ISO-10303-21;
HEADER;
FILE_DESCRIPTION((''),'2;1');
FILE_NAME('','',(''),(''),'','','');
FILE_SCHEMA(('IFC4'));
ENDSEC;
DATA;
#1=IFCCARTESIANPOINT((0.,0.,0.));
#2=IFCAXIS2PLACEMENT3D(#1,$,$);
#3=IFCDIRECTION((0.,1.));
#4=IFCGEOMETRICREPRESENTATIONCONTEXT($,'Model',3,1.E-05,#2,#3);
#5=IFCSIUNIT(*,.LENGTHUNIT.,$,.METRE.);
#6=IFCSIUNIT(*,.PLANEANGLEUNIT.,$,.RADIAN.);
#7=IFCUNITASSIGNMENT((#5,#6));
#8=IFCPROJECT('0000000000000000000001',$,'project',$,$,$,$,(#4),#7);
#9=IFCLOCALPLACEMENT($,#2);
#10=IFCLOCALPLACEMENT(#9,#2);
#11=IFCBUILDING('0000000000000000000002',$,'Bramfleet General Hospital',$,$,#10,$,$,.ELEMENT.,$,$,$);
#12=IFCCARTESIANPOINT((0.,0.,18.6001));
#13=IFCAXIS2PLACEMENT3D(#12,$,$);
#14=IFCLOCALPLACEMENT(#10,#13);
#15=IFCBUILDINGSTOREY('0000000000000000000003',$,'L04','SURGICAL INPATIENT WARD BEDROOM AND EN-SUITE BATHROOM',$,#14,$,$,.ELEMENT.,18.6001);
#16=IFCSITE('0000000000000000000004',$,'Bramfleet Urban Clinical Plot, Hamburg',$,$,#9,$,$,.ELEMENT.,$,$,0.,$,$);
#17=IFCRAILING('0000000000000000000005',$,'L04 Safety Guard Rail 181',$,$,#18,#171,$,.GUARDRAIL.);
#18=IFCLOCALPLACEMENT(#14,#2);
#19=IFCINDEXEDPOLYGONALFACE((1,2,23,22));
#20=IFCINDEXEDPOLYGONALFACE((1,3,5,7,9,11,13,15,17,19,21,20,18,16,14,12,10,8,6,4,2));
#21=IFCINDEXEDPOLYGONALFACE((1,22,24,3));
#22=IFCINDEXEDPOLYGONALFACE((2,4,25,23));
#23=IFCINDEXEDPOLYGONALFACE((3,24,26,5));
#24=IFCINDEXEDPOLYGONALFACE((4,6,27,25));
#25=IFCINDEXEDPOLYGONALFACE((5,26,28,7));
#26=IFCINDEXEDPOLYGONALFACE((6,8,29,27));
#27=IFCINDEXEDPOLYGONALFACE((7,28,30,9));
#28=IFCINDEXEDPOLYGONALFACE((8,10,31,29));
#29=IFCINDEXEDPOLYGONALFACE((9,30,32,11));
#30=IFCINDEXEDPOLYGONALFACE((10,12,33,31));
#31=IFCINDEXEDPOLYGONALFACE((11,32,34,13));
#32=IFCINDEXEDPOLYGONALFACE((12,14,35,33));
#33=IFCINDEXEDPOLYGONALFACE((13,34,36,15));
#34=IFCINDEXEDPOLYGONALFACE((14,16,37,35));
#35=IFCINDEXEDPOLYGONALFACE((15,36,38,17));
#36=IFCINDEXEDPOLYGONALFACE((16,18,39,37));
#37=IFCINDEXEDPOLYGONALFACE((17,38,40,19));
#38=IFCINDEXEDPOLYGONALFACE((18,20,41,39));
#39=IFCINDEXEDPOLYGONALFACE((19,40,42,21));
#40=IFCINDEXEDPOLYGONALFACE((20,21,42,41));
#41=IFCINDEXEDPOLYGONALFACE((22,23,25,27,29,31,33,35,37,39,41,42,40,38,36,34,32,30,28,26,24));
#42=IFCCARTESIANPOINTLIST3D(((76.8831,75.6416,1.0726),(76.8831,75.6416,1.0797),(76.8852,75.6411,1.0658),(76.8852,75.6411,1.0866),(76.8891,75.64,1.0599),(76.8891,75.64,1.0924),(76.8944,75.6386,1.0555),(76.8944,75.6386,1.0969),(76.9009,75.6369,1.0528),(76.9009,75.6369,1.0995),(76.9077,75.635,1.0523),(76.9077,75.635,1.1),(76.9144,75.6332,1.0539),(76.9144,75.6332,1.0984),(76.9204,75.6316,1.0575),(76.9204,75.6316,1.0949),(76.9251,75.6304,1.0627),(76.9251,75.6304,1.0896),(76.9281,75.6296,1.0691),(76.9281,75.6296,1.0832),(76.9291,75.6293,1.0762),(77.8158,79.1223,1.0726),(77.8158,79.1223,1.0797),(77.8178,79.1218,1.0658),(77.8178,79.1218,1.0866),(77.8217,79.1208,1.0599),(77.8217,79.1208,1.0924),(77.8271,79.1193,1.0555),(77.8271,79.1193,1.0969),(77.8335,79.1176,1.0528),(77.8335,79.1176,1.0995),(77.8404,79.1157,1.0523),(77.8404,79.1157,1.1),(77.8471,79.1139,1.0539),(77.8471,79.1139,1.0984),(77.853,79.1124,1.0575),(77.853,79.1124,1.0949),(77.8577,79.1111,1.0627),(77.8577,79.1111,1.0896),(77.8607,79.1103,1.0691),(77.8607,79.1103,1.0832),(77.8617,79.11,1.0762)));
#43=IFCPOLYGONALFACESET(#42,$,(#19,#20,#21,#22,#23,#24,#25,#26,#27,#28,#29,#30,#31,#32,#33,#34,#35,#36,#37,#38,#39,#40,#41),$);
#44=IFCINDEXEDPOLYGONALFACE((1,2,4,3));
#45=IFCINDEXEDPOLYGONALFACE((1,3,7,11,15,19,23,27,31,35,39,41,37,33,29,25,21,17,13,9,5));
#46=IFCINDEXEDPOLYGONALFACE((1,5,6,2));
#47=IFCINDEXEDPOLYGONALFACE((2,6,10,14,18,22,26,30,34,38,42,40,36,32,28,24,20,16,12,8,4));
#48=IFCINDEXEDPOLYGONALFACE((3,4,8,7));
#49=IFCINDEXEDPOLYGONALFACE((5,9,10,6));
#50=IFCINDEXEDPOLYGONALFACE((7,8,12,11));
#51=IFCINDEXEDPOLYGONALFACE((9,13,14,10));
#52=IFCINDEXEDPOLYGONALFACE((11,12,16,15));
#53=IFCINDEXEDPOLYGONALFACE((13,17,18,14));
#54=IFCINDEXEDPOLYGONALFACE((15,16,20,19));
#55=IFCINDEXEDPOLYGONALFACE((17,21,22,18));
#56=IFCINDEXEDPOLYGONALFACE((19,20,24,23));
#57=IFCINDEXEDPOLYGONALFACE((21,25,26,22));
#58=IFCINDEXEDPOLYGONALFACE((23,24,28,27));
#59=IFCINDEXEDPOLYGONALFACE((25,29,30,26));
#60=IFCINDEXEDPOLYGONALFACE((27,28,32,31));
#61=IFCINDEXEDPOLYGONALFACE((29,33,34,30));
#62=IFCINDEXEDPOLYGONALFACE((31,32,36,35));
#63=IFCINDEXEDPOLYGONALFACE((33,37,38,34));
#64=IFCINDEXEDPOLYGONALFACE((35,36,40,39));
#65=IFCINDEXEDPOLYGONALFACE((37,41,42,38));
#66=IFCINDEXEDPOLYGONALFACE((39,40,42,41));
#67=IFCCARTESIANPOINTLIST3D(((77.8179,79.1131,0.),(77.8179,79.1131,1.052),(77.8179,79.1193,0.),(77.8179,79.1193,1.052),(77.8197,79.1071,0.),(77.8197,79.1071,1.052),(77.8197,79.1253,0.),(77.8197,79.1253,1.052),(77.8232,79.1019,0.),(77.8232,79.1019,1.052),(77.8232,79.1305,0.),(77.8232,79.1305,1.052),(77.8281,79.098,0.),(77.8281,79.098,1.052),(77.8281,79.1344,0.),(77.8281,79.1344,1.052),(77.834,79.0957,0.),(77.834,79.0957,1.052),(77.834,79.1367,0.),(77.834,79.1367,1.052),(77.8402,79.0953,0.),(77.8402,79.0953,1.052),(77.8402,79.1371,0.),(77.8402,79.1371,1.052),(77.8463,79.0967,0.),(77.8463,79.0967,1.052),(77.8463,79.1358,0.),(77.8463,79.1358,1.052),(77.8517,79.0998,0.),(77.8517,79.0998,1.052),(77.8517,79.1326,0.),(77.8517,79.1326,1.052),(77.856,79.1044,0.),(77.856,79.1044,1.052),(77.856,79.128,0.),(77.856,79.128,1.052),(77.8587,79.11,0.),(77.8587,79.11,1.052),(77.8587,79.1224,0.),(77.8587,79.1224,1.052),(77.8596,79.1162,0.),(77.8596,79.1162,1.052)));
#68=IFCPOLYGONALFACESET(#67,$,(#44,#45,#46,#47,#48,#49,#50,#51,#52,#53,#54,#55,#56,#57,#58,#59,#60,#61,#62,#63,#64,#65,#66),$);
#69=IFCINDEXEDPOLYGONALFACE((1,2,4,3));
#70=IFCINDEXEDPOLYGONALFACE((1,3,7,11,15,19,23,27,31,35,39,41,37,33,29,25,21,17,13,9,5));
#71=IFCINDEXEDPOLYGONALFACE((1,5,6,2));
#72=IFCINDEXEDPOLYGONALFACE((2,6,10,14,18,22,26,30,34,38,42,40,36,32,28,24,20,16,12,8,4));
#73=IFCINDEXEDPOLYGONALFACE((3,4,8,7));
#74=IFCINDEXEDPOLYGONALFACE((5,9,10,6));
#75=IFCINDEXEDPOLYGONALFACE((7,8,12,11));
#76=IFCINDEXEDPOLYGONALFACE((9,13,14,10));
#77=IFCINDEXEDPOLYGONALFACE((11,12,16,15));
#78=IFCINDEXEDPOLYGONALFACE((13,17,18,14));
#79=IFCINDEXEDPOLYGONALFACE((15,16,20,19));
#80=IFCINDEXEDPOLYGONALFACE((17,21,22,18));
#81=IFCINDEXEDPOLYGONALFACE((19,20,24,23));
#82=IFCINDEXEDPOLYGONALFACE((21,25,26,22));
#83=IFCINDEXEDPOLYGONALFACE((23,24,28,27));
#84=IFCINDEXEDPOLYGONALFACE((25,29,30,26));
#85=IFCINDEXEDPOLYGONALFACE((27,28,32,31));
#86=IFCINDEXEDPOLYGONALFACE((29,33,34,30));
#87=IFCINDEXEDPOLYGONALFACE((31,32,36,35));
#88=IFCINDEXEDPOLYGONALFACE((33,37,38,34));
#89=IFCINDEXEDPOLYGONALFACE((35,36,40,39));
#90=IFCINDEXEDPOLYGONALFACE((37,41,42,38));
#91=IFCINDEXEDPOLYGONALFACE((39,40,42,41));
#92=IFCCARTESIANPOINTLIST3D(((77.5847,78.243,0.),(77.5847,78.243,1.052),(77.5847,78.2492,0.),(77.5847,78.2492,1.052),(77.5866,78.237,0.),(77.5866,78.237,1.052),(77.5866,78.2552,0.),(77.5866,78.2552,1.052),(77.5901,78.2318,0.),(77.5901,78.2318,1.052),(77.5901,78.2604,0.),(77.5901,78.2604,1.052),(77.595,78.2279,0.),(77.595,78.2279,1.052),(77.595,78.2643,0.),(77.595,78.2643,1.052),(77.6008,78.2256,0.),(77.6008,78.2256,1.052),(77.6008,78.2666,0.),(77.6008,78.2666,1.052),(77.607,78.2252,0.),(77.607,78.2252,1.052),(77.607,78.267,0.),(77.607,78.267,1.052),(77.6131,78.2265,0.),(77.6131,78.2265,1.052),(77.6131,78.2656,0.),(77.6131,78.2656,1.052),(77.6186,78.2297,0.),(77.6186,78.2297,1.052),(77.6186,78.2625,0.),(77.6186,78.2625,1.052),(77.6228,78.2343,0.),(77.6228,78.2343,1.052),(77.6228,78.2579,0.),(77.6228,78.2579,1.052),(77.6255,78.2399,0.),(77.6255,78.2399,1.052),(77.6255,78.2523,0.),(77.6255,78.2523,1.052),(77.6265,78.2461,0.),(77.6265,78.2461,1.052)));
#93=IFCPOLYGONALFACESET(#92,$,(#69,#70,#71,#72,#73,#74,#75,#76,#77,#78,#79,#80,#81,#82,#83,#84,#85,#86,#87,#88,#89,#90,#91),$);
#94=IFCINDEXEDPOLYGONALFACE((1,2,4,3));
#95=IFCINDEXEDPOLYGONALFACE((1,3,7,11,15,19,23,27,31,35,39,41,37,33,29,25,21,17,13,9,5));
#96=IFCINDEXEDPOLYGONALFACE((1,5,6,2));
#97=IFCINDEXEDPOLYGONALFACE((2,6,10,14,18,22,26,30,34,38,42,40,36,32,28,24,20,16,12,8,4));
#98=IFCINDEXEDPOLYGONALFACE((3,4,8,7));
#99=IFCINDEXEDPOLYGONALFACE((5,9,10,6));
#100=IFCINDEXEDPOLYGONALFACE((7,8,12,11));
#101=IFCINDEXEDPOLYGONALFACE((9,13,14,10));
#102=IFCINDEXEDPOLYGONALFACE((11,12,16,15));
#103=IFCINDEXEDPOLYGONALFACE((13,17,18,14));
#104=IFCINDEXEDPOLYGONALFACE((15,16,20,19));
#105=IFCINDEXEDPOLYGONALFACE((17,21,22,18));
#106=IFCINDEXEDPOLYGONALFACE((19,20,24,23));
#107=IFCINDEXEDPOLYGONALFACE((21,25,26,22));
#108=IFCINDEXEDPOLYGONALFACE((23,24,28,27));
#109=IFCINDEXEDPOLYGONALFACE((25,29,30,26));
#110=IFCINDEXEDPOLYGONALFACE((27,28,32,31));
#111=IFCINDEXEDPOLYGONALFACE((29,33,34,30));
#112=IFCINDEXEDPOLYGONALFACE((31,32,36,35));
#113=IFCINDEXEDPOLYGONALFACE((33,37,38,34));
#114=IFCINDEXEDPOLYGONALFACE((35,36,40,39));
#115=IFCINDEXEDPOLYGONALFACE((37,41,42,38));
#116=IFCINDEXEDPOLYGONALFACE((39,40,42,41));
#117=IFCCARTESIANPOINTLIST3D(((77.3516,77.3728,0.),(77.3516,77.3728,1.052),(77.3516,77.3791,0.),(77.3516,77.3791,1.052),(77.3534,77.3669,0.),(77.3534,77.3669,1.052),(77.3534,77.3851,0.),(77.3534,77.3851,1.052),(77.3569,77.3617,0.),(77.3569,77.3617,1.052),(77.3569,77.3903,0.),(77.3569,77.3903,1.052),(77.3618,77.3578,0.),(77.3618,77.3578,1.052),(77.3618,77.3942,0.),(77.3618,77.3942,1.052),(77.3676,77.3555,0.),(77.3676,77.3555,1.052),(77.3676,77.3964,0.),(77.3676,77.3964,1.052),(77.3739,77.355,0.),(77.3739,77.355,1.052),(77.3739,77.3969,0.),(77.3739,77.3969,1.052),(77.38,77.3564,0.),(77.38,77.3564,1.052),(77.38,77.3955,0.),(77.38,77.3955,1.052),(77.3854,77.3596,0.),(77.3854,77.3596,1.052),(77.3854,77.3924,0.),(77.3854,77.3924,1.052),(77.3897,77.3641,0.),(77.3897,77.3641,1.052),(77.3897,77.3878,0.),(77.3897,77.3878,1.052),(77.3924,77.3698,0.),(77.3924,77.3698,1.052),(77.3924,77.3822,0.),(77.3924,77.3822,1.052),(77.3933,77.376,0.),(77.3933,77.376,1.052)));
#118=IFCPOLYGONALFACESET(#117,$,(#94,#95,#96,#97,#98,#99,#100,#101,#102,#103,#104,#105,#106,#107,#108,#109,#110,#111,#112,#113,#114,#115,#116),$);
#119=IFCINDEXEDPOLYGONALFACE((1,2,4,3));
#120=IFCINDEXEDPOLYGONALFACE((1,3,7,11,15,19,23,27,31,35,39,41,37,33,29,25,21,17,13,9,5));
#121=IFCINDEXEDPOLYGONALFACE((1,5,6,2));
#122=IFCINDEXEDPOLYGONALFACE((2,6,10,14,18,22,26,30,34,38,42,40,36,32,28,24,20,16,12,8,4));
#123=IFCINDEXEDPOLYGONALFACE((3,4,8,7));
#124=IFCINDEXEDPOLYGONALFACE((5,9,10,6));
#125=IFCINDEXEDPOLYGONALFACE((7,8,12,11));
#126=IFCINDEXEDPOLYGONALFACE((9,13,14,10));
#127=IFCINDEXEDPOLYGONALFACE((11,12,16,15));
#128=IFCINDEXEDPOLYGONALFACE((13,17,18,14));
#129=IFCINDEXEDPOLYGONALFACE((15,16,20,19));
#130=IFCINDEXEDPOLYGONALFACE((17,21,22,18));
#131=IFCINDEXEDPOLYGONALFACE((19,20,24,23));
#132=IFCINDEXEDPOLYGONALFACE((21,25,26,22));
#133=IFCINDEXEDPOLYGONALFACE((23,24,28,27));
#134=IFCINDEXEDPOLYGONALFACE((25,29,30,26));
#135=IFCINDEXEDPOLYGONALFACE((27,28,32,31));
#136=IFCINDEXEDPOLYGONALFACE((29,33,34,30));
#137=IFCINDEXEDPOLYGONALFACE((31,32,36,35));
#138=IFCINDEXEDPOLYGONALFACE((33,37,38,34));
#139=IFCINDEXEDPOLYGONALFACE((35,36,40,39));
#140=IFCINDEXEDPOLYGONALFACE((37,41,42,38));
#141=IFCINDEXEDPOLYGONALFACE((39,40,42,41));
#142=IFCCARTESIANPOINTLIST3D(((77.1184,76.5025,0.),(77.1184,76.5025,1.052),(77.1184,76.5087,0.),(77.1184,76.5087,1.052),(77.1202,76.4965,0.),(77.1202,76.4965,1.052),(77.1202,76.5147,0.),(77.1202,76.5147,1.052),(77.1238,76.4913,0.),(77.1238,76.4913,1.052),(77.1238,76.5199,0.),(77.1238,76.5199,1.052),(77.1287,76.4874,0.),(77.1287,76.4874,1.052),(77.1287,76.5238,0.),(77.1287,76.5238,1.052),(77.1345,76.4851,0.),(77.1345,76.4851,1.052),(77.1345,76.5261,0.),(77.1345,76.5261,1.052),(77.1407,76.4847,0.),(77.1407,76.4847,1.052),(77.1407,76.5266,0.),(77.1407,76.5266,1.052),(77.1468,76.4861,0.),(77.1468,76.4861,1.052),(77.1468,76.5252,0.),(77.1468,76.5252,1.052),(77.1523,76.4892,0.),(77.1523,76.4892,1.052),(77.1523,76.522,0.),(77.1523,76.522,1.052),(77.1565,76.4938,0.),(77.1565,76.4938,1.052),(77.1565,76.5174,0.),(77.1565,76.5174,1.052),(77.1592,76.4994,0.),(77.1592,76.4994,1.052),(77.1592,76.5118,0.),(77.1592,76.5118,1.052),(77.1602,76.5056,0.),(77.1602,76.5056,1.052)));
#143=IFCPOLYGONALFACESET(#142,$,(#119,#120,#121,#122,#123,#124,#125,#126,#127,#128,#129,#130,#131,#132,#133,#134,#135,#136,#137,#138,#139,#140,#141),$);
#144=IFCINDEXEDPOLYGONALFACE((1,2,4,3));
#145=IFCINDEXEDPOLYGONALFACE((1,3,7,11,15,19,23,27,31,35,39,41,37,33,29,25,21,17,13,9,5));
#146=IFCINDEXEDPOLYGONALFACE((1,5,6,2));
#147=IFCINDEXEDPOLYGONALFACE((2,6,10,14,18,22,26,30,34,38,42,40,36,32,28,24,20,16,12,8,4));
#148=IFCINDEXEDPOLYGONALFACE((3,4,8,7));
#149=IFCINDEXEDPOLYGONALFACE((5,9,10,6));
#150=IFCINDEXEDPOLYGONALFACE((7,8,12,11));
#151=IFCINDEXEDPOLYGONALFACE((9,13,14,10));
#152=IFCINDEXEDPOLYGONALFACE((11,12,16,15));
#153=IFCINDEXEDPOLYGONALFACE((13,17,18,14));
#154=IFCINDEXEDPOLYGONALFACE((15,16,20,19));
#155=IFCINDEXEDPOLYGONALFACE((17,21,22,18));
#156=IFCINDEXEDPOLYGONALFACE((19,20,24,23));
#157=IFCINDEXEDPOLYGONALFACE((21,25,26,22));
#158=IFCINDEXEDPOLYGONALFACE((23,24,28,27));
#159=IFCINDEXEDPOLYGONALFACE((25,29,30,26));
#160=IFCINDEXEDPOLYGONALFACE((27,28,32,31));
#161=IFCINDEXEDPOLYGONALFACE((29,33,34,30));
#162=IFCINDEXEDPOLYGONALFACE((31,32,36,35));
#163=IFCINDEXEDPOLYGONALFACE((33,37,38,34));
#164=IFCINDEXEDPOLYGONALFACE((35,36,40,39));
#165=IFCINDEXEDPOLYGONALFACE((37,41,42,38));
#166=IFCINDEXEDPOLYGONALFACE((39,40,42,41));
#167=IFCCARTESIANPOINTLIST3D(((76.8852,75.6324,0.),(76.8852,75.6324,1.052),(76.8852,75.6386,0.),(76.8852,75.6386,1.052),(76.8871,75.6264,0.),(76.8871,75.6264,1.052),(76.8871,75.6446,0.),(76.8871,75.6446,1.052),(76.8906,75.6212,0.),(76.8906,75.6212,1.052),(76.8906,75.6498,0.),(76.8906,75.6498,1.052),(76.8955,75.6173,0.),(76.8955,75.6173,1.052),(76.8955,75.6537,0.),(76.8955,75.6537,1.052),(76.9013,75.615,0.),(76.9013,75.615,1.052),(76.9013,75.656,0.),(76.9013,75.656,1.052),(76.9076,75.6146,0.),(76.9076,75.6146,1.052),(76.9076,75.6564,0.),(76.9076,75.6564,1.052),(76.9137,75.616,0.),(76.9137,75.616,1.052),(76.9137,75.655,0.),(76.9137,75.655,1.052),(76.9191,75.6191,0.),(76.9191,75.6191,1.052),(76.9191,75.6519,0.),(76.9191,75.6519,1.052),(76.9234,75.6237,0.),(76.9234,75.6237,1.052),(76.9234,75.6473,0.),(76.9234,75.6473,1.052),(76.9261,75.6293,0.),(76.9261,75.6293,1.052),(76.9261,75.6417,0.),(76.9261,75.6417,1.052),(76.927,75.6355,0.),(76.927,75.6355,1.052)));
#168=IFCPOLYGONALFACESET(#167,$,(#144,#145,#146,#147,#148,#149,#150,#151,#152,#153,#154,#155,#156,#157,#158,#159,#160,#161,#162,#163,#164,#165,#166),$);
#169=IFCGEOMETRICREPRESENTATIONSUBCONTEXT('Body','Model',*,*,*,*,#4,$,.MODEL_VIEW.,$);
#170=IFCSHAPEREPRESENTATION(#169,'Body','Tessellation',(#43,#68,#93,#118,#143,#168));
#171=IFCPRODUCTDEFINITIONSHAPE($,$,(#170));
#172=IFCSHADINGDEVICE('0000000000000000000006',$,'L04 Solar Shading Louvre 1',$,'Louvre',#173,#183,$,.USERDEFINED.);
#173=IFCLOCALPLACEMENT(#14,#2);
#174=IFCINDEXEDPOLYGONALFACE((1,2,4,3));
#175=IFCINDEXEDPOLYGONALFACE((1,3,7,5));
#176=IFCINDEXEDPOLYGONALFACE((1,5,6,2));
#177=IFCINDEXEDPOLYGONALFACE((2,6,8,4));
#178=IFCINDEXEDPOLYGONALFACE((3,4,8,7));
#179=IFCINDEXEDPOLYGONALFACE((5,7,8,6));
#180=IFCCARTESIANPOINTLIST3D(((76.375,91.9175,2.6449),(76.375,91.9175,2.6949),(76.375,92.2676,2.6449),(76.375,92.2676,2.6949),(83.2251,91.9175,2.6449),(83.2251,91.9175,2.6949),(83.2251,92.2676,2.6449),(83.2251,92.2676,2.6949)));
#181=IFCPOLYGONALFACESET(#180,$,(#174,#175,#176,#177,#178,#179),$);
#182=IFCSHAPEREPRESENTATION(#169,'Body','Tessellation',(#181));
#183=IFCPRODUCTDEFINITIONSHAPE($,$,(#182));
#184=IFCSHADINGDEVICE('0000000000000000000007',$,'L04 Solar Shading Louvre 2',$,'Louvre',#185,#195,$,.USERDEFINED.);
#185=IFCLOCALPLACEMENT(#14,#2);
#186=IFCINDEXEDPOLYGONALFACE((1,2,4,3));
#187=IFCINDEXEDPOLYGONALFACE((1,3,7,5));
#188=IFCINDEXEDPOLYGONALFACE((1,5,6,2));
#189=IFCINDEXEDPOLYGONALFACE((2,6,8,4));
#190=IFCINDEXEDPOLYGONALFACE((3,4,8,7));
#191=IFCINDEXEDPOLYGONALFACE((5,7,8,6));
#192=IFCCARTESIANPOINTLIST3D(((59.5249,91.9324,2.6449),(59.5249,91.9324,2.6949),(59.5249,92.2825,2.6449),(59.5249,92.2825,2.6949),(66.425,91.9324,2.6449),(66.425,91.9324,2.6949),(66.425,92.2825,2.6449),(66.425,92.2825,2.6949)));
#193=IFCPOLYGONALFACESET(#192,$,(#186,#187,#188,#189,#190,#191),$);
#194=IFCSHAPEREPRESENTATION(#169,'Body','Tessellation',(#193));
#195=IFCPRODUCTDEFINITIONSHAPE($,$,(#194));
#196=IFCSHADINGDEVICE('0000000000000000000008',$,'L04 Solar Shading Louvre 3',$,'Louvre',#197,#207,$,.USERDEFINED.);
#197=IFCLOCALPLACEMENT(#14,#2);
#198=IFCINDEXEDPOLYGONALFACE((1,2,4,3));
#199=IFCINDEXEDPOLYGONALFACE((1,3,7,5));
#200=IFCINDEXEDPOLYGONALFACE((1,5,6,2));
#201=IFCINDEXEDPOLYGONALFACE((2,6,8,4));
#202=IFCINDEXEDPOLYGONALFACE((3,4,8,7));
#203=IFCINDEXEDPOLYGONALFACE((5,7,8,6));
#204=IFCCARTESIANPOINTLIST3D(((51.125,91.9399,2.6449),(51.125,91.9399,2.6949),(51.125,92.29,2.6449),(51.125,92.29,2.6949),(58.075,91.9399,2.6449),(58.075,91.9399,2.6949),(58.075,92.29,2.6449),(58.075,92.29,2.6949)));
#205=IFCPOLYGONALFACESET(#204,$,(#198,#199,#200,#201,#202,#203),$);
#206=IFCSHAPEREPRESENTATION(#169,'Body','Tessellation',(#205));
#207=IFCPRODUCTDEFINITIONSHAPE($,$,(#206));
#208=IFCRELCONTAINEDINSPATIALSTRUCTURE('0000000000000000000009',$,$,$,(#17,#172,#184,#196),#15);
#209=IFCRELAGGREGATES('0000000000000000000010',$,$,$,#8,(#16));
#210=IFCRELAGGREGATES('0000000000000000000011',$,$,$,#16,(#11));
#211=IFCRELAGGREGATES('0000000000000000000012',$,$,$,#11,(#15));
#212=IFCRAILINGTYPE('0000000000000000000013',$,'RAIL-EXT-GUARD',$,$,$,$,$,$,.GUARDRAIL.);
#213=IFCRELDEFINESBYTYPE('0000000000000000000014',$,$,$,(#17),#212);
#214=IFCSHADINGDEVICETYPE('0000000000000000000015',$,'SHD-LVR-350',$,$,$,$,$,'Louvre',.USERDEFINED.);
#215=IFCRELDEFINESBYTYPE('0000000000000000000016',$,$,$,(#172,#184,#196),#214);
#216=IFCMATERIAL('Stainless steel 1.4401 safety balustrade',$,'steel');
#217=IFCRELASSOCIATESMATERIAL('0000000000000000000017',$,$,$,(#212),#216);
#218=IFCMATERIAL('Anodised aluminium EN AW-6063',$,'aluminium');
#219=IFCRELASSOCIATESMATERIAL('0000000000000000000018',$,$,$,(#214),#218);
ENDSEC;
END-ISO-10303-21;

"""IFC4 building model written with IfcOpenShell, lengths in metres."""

from ifc_helpers import new_model, si_unit, direction, frame, origin, origin_2d, place, context, subcontext, project, spatial, rectangle, circle, extrude, material, material_profile, profile_set, type_object, element, save


model = new_model("IFC4")

# Units and contexts
model_context = context("Model", 3, precision=1e-05, world=origin(), true_north=direction((0.0, 1.0)))
body_context = subcontext(model_context, "Body", "Model", "MODEL_VIEW")
ifc_project = project(units=[si_unit("LENGTHUNIT", "METRE"), si_unit("PLANEANGLEUNIT", "RADIAN")], contexts=[model_context])

# Site, building, storey
site_placement = place(None, origin())
site = spatial("IfcSite", under=ifc_project, at=site_placement, Name="Bramfleet Urban Clinical Plot, Hamburg", CompositionType="ELEMENT", RefElevation=0.0)
building_placement = place(site_placement, origin())
building = spatial("IfcBuilding", under=site, at=building_placement, Name="Bramfleet General Hospital", CompositionType="ELEMENT")
storey_placement = place(building_placement, frame((0.0, 0.0, 18.6001)))
storey = spatial("IfcBuildingStorey", under=building, at=storey_placement, Name="L04", Description="SURGICAL INPATIENT WARD BEDROOM AND EN-SUITE BATHROOM", CompositionType="ELEMENT", Elevation=18.6001)

# Railing
ifc_material_1 = material(Name="Stainless steel 1.4401 safety balustrade", Category="steel")
railing_type = type_object("IfcRailingType", Name="RAIL-EXT-GUARD", PredefinedType="GUARDRAIL", material=ifc_material_1)
railing_1_placement = place(storey_placement, frame((77.8386, 79.1162, 0.0)))
element("IfcRailing", 1, at=railing_1_placement, inside=storey, type_object=railing_type, Name="L04 Safety Guard Rail 181", PredefinedType="GUARDRAIL", context=body_context, shape_type="SweptSolid", body=[
    extrude(circle(Radius=0.0239, at=origin_2d()), frame((0.0, 0.0, 1.0762), z_axis=(-0.258809, -0.965928, 0.0), x_axis=(0.965928, -0.258809, 0.0)), (0.0, 0.0, 1.0), 3.6035),
    extrude(circle(Radius=0.021, at=origin_2d()), origin(), (0.0, 0.0, 1.0), 1.052),
    extrude(circle(Radius=0.021, at=origin_2d()), frame((-0.2332, -0.8701, 0.0)), (0.0, 0.0, 1.0), 1.052),
    extrude(circle(Radius=0.021, at=origin_2d()), frame((-0.4663, -1.7402, 0.0)), (0.0, 0.0, 1.0), 1.052),
    extrude(circle(Radius=0.021, at=origin_2d()), frame((-0.6995, -2.6106, 0.0)), (0.0, 0.0, 1.0), 1.052),
    extrude(circle(Radius=0.021, at=origin_2d()), frame((-0.9326, -3.4807, 0.0)), (0.0, 0.0, 1.0), 1.052),
])

# Shading devices
ifc_material_2 = material(Name="Anodised aluminium EN AW-6063", Category="aluminium")
ifc_material_profile_1 = material_profile(ifc_material_2, rectangle(XDim=0.05, YDim=0.3501, at=origin_2d()), Name="ALU LOUVRE 350x50")
ifc_profile_set_1 = profile_set([ifc_material_profile_1], Name="Anodised aluminium EN AW-6063")
shading_device_type = type_object("IfcShadingDeviceType", Name="SHD-LVR-350", ElementType="Louvre", PredefinedType="USERDEFINED", material=ifc_profile_set_1)
shading_device_1_placement = place(storey_placement, frame((83.2251, 92.0925, 2.6699), z_axis=(-1.0, 0.0, 0.0), x_axis=(0.0, 0.0, 1.0)))
element("IfcShadingDevice", 2, at=shading_device_1_placement, inside=storey, type_object=shading_device_type, Name="L04 Solar Shading Louvre 1", ObjectType="Louvre", PredefinedType="USERDEFINED", context=body_context, shape_type="SweptSolid", body=[
    extrude(rectangle(XDim=0.05, YDim=0.3501, at=origin_2d()), origin(), (0.0, 0.0, 1.0), 6.8501),
])
shading_device_2_placement = place(storey_placement, frame((66.425, 92.1074, 2.6699), z_axis=(-1.0, 0.0, 0.0), x_axis=(0.0, 0.0, 1.0)))
element("IfcShadingDevice", 3, at=shading_device_2_placement, inside=storey, type_object=shading_device_type, Name="L04 Solar Shading Louvre 2", ObjectType="Louvre", PredefinedType="USERDEFINED", context=body_context, shape_type="SweptSolid", body=[
    extrude(rectangle(XDim=0.05, YDim=0.3501, at=origin_2d()), origin(), (0.0, 0.0, 1.0), 6.9001),
])
shading_device_3_placement = place(storey_placement, frame((58.075, 92.115, 2.6699), z_axis=(-1.0, 0.0, 0.0), x_axis=(0.0, 0.0, 1.0)))
element("IfcShadingDevice", 4, at=shading_device_3_placement, inside=storey, type_object=shading_device_type, Name="L04 Solar Shading Louvre 3", ObjectType="Louvre", PredefinedType="USERDEFINED", context=body_context, shape_type="SweptSolid", body=[
    extrude(rectangle(XDim=0.05, YDim=0.3501, at=origin_2d()), origin(), (0.0, 0.0, 1.0), 6.95),
])

save(model, "model.ifc")
